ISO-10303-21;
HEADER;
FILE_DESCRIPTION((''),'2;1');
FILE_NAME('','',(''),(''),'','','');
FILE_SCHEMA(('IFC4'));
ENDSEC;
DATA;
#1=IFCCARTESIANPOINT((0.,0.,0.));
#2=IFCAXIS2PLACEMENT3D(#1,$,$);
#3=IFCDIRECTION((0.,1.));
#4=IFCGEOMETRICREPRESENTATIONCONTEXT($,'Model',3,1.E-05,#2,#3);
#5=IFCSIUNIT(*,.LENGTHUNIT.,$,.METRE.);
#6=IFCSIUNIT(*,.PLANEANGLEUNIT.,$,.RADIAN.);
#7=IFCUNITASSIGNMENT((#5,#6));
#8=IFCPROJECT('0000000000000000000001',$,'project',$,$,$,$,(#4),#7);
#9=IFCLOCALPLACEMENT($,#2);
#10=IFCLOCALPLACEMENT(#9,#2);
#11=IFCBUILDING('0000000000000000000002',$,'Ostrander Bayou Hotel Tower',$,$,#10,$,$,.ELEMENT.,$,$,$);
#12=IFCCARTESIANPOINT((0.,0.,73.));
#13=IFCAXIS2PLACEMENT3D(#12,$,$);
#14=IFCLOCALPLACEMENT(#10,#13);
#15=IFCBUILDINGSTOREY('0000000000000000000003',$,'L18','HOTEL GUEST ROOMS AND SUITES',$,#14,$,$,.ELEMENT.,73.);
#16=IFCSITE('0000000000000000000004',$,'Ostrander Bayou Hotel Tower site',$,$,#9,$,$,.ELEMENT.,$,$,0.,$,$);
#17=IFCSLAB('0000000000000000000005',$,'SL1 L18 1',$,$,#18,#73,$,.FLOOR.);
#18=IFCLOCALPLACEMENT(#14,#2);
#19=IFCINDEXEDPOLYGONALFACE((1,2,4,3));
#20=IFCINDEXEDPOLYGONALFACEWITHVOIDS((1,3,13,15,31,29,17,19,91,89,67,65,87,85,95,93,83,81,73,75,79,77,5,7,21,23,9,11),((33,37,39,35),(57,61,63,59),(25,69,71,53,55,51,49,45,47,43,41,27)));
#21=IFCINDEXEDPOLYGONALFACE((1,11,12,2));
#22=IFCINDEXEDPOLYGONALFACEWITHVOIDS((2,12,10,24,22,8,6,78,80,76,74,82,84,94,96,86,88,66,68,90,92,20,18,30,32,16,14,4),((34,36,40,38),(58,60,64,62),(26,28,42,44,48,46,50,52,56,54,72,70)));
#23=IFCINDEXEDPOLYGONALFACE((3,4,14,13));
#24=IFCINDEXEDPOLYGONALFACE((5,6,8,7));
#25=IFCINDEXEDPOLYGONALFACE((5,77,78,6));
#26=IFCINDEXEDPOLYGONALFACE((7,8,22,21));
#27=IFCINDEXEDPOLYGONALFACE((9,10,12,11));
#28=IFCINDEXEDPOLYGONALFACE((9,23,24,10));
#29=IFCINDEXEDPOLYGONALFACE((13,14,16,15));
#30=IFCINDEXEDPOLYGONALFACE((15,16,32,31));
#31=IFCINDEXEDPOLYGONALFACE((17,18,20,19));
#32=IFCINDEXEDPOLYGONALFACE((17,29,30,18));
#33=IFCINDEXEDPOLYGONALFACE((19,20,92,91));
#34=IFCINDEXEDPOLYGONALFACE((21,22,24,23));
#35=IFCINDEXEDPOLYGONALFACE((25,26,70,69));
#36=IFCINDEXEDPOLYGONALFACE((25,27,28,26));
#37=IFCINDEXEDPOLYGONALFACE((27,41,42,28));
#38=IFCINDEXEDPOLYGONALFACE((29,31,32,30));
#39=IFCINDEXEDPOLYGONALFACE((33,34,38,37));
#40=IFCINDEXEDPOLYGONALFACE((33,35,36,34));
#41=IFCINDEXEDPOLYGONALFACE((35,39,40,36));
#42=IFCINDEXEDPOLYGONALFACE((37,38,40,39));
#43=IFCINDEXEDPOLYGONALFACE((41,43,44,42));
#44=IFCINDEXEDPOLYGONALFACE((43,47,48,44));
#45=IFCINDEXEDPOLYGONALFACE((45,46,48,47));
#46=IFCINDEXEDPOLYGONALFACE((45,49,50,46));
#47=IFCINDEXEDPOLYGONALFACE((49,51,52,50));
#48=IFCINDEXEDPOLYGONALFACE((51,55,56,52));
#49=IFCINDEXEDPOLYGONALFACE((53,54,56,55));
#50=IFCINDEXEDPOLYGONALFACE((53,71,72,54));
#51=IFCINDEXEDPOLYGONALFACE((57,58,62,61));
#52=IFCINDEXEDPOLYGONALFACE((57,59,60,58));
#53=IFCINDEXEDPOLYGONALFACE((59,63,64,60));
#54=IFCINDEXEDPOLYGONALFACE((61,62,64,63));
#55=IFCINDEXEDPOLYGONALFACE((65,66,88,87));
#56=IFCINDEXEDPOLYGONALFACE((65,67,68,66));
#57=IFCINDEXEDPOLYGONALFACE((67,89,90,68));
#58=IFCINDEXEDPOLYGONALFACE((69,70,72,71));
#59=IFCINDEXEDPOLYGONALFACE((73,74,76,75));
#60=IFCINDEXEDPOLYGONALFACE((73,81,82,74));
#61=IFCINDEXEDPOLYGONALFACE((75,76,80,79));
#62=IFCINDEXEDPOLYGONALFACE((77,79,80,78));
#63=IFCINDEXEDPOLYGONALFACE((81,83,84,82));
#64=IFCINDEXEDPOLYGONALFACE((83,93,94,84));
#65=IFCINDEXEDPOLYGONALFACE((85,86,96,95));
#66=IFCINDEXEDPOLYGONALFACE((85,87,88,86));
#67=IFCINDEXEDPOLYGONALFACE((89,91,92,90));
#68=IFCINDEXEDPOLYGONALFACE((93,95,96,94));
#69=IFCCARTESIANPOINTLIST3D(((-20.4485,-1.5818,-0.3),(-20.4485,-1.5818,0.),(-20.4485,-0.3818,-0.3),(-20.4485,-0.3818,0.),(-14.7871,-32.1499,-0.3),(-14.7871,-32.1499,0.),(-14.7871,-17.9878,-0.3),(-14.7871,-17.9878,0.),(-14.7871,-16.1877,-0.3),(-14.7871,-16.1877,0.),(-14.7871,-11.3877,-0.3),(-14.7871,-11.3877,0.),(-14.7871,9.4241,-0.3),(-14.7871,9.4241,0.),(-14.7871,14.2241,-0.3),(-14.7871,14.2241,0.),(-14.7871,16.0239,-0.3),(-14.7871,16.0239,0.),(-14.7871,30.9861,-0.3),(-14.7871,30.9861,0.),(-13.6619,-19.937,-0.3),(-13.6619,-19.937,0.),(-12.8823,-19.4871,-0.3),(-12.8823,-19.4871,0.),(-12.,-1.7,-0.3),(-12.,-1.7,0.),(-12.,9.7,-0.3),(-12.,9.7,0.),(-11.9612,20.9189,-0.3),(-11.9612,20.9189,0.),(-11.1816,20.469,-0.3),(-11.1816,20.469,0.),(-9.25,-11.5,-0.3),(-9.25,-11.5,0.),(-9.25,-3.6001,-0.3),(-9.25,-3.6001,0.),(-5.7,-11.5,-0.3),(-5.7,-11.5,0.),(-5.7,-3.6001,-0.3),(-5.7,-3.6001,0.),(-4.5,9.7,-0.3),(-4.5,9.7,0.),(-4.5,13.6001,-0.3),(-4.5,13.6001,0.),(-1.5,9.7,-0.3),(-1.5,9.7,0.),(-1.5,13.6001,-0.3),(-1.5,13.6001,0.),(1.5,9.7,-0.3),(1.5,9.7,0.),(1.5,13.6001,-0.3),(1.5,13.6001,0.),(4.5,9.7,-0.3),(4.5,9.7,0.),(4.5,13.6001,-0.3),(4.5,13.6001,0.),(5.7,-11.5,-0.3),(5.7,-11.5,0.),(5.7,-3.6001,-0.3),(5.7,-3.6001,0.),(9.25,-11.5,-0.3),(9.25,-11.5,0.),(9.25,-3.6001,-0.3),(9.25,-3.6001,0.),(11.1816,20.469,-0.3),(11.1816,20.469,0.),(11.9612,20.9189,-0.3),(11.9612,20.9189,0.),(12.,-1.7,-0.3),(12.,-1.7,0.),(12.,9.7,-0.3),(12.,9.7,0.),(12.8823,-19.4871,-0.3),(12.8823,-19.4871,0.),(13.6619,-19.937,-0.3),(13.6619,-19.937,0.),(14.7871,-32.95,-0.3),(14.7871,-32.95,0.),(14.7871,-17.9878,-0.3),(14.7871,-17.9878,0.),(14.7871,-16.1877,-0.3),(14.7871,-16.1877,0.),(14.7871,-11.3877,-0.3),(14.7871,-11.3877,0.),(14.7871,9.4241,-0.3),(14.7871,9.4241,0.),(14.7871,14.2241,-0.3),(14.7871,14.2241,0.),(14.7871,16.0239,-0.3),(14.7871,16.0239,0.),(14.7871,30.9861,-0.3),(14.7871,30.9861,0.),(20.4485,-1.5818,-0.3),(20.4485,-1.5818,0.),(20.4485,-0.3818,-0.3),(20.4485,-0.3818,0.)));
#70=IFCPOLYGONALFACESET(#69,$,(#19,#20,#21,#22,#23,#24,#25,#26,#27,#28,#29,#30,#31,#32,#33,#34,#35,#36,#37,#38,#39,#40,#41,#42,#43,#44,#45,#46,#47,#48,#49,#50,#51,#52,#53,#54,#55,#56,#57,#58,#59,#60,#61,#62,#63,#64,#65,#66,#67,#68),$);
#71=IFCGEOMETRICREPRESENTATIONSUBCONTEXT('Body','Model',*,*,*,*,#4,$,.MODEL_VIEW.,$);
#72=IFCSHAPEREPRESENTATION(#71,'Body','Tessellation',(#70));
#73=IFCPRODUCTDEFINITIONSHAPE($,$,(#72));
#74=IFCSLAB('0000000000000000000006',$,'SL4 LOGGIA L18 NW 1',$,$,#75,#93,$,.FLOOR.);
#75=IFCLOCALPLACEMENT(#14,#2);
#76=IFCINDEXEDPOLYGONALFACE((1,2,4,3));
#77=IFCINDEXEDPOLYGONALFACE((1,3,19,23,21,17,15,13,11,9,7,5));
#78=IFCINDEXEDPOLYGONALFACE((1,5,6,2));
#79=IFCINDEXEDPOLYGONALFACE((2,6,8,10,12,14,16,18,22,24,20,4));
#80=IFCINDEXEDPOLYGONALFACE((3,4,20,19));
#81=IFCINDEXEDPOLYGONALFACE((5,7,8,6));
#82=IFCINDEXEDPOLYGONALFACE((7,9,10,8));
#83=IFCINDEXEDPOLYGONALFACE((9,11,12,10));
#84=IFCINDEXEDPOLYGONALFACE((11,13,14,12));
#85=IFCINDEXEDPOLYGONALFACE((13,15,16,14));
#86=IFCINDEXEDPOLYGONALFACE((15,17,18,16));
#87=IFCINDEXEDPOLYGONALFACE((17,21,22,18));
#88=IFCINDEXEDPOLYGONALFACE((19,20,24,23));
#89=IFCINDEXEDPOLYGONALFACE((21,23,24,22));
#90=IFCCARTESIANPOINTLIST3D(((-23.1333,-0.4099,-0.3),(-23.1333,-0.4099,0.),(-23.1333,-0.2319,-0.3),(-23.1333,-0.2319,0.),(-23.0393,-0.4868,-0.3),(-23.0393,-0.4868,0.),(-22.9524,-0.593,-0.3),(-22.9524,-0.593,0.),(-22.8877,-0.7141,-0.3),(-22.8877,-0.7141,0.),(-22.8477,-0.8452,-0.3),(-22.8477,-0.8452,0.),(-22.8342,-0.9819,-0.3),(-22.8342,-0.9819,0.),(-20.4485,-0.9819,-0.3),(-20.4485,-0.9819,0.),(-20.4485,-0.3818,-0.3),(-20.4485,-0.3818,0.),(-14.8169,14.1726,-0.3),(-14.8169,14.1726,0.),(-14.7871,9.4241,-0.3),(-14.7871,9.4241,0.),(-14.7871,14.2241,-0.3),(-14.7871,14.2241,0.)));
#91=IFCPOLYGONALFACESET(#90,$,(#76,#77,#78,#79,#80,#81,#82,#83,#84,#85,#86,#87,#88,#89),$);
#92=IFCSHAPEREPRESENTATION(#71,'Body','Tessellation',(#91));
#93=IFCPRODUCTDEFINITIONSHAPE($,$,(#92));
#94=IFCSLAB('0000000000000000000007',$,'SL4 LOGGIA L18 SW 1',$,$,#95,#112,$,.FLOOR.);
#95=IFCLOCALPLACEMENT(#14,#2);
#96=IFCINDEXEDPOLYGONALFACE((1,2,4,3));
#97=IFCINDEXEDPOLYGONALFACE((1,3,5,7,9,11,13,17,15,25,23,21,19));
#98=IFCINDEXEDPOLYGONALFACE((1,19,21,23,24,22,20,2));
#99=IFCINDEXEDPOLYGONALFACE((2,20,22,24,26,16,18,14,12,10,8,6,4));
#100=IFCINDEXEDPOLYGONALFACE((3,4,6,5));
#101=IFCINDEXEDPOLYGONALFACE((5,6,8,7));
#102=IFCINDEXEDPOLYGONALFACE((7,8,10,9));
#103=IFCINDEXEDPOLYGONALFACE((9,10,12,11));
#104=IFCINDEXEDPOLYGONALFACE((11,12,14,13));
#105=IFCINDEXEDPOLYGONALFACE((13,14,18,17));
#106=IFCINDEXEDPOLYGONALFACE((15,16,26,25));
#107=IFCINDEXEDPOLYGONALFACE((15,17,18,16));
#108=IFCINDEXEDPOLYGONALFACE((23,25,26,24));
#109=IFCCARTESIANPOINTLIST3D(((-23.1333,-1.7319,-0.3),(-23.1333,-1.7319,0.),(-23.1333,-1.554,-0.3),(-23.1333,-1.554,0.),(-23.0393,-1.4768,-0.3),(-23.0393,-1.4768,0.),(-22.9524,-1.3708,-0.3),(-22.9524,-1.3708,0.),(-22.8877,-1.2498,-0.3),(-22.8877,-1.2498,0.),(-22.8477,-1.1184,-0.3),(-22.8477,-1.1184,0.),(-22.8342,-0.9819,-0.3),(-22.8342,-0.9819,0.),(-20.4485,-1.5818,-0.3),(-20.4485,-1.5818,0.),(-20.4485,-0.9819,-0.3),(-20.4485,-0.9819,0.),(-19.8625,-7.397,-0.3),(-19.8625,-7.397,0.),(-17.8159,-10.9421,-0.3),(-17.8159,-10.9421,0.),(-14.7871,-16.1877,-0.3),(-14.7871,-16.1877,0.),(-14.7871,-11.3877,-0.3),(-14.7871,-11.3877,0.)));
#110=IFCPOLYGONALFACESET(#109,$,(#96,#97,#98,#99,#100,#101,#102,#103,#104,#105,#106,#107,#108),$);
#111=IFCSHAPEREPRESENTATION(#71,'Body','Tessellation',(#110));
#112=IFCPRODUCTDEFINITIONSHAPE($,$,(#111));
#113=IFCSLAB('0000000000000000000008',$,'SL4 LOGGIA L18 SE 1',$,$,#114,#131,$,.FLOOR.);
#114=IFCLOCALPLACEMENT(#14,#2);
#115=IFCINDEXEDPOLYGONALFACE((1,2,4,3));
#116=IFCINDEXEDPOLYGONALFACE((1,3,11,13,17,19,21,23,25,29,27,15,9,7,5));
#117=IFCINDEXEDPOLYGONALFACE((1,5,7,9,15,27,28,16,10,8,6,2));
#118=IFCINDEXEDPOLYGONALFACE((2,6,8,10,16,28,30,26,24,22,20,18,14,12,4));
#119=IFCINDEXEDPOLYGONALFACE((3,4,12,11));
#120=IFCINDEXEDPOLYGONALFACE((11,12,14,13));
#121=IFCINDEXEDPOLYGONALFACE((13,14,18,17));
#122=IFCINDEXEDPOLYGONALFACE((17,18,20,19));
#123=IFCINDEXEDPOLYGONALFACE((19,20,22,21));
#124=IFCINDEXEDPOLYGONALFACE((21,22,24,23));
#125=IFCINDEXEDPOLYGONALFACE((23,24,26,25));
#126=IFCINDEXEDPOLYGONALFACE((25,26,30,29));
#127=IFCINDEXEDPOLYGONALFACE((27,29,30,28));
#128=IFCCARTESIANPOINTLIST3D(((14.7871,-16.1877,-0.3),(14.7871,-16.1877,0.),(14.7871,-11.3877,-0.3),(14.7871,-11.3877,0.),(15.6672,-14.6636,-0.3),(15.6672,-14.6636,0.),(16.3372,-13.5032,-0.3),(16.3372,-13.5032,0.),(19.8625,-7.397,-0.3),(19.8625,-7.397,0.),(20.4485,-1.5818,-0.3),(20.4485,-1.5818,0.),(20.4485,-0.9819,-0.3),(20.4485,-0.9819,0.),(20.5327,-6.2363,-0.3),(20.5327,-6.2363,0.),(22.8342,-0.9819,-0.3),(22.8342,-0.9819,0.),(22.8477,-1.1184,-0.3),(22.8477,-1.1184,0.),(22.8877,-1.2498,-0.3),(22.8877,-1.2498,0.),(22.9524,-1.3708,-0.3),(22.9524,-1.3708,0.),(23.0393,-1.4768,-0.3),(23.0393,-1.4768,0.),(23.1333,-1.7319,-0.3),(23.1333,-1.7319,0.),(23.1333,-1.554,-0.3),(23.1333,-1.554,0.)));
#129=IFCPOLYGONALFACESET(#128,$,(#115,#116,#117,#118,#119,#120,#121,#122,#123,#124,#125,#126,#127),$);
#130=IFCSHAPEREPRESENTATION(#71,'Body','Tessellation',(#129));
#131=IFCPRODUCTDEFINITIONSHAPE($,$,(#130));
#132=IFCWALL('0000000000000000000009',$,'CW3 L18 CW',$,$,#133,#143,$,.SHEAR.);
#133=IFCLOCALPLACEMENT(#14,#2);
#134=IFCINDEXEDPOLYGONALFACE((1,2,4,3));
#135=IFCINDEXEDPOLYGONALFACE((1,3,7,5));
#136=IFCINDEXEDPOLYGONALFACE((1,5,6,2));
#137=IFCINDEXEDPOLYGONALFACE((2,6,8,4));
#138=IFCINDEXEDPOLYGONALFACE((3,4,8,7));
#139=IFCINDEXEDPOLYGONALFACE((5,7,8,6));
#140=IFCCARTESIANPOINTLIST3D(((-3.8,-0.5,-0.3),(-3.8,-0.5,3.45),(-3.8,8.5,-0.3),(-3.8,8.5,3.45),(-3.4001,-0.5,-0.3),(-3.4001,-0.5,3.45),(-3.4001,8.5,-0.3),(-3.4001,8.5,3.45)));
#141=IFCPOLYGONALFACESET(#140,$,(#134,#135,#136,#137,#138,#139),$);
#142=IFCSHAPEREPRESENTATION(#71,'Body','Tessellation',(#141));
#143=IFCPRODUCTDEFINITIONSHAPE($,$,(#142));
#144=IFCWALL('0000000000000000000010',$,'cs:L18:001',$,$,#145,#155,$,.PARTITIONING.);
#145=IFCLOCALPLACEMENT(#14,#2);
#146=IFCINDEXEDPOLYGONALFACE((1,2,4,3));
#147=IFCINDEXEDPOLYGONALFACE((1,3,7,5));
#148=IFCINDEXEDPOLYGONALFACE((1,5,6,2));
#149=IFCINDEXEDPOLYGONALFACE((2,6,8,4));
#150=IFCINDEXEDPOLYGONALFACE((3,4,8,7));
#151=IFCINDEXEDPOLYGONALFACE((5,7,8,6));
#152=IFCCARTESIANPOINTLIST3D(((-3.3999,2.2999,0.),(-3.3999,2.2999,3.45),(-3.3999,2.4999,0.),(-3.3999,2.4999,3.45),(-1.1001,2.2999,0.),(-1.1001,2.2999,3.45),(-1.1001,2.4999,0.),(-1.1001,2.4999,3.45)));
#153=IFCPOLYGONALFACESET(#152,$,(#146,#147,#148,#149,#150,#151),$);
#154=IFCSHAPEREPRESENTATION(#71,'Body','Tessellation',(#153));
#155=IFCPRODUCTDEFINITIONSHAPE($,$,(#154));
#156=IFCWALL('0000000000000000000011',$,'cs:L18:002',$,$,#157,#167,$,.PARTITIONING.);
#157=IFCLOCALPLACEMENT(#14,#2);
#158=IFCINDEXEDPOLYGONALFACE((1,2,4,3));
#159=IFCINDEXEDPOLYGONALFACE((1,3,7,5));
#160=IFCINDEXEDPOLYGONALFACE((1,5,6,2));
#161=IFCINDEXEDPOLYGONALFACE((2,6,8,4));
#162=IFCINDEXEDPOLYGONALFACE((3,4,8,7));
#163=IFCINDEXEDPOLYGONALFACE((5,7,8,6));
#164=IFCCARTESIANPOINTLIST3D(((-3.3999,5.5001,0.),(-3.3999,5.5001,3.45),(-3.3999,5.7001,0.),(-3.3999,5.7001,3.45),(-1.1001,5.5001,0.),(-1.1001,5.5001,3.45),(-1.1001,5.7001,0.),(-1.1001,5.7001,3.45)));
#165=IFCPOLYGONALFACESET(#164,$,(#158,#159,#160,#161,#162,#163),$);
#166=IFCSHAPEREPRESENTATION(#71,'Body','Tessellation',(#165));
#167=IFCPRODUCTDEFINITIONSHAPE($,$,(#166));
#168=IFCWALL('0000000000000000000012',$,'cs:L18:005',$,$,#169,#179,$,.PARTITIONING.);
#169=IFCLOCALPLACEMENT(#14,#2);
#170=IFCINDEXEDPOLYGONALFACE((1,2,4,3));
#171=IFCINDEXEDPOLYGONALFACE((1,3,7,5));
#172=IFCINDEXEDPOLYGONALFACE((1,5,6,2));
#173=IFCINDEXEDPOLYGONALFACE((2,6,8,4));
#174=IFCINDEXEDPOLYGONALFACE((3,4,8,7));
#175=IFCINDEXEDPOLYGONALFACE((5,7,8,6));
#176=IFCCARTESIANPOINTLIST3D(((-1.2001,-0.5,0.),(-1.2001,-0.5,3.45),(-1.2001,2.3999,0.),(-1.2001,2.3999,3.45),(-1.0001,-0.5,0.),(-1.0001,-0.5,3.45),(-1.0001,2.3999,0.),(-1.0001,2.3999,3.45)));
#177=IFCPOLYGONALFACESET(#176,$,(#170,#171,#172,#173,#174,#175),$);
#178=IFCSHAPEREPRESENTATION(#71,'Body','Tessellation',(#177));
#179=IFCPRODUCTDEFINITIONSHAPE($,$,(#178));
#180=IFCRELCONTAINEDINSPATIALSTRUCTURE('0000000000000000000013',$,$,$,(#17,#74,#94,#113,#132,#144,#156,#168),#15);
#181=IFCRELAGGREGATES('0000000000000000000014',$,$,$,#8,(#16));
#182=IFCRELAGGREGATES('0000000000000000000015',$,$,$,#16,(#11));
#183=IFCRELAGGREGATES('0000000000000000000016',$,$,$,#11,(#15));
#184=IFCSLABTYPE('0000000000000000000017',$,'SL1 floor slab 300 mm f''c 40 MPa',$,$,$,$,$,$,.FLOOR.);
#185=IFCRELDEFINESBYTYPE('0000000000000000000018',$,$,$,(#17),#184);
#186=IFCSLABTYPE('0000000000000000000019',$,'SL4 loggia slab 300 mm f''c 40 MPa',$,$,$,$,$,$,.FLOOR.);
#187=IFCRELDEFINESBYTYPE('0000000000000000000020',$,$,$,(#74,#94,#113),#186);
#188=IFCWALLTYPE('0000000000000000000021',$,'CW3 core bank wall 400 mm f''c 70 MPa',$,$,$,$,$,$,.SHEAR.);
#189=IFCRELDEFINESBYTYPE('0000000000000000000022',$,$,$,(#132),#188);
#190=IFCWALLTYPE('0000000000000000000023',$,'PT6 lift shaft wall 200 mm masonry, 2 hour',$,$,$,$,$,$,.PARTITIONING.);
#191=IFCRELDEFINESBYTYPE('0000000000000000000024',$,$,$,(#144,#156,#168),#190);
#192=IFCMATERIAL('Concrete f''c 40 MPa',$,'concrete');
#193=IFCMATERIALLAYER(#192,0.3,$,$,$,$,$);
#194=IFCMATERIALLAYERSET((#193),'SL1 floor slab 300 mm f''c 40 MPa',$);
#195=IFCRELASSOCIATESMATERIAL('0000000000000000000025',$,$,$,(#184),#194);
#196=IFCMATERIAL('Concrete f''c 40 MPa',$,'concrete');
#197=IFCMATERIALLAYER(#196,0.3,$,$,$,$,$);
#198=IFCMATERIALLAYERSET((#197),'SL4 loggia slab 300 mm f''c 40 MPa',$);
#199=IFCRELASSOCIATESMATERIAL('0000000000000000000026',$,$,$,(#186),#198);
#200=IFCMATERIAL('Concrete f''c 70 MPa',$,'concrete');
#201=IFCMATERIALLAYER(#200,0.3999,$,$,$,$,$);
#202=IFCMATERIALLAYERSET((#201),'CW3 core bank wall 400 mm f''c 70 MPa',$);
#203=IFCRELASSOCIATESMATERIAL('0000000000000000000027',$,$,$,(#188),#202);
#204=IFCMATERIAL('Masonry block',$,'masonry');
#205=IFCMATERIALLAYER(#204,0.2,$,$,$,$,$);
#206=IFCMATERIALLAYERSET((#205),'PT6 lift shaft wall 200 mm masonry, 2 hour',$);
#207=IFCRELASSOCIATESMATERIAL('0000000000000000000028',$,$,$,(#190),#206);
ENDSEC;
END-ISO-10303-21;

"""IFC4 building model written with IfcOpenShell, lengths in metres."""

from ifc_helpers import new_model, si_unit, direction, frame, frame_2d, origin, place, context, subcontext, project, spatial, polyline, rectangle, outline, extrude, material, layer, layer_set, type_object, element, save


model = new_model("IFC4")

# Units and contexts
model_context = context("Model", 3, precision=1e-05, world=origin(), true_north=direction((0.0, 1.0)))
body_context = subcontext(model_context, "Body", "Model", "MODEL_VIEW")
ifc_project = project(units=[si_unit("LENGTHUNIT", "METRE"), si_unit("PLANEANGLEUNIT", "RADIAN")], contexts=[model_context])

# Site, building, storey
site_placement = place(None, origin())
site = spatial("IfcSite", under=ifc_project, at=site_placement, Name="Ostrander Bayou Hotel Tower site", CompositionType="ELEMENT", RefElevation=0.0)
building_placement = place(site_placement, origin())
building = spatial("IfcBuilding", under=site, at=building_placement, Name="Ostrander Bayou Hotel Tower", CompositionType="ELEMENT")
storey_placement = place(building_placement, frame((0.0, 0.0, 73.0)))
storey = spatial("IfcBuildingStorey", under=building, at=storey_placement, Name="L18", Description="HOTEL GUEST ROOMS AND SUITES", CompositionType="ELEMENT", Elevation=73.0)

# Slabs
ifc_material_1 = material(Name="Concrete f'c 40 MPa", Category="concrete")
ifc_layer_1 = layer(ifc_material_1, 0.3)
ifc_layer_set_1 = layer_set([ifc_layer_1], Name="SL1 floor slab 300 mm f'c 40 MPa")
slab_type_1 = type_object("IfcSlabType", Name="SL1 floor slab 300 mm f'c 40 MPa", PredefinedType="FLOOR", material=ifc_layer_set_1)
slab_1_placement = place(storey_placement, frame((0.0, 0.0, -0.3)))
element("IfcSlab", 1, at=slab_1_placement, inside=storey, type_object=slab_type_1, Name="SL1 L18 1", PredefinedType="FLOOR", context=body_context, shape_type="SweptSolid", body=[
    extrude(outline(polyline([(-13.6619, -19.937), (-12.8823, -19.4871), (-14.7871, -16.1877), (-14.7871, -11.3877), (-20.4485, -1.5818), (-20.4485, -0.3818), (-14.7871, 9.4241), (-14.7871, 14.2241), (-11.1816, 20.469), (-11.9612, 20.9189), (-14.7871, 16.0239), (-14.7871, 30.9861), (14.7871, 30.9861), (14.7871, 16.0239), (11.9612, 20.9189), (11.1816, 20.469), (14.7871, 14.2241), (14.7871, 9.4241), (20.4485, -0.3818), (20.4485, -1.5818), (14.7871, -11.3877), (14.7871, -16.1877), (12.8823, -19.4871), (13.6619, -19.937), (14.7871, -17.9878), (14.7871, -32.95), (-14.7871, -32.1499), (-14.7871, -17.9878), (-13.6619, -19.937)]), holes=[polyline([(-12.0, -1.7), (12.0, -1.7), (12.0, 9.7), (4.5, 9.7), (4.5, 13.6001), (1.5, 13.6001), (1.5, 9.7), (-1.5, 9.7), (-1.5, 13.6001), (-4.5, 13.6001), (-4.5, 9.7), (-12.0, 9.7), (-12.0, -1.7)]), polyline([(9.25, -3.6001), (5.7, -3.6001), (5.7, -11.5), (9.25, -11.5), (9.25, -3.6001)]), polyline([(-5.7, -3.6001), (-9.25, -3.6001), (-9.25, -11.5), (-5.7, -11.5), (-5.7, -3.6001)])]), origin(), (0.0, 0.0, 1.0), 0.3),
])
ifc_material_2 = material(Name="Concrete f'c 40 MPa", Category="concrete")
ifc_layer_2 = layer(ifc_material_2, 0.3)
ifc_layer_set_2 = layer_set([ifc_layer_2], Name="SL4 loggia slab 300 mm f'c 40 MPa")
slab_type_2 = type_object("IfcSlabType", Name="SL4 loggia slab 300 mm f'c 40 MPa", PredefinedType="FLOOR", material=ifc_layer_set_2)
slab_2_placement = place(storey_placement, frame((0.0, 0.0, -0.3)))
element("IfcSlab", 2, at=slab_2_placement, inside=storey, type_object=slab_type_2, Name="SL4 LOGGIA L18 NW 1", PredefinedType="FLOOR", context=body_context, shape_type="SweptSolid", body=[
    extrude(outline(polyline([(-20.4485, -0.3818), (-20.4485, -0.9819), (-22.8342, -0.9819), (-22.8477, -0.8452), (-22.8877, -0.7141), (-22.9524, -0.593), (-23.0393, -0.4868), (-23.1333, -0.4099), (-23.1333, -0.2319), (-14.8169, 14.1726), (-14.7871, 14.2241), (-14.7871, 9.4241), (-20.4485, -0.3818)])), origin(), (0.0, 0.0, 1.0), 0.3),
])
slab_3_placement = place(storey_placement, frame((0.0, 0.0, -0.3)))
element("IfcSlab", 3, at=slab_3_placement, inside=storey, type_object=slab_type_2, Name="SL4 LOGGIA L18 SW 1", PredefinedType="FLOOR", context=body_context, shape_type="SweptSolid", body=[
    extrude(outline(polyline([(-14.7871, -16.1877), (-17.8159, -10.9421), (-19.8625, -7.397), (-23.1333, -1.7319), (-23.1333, -1.554), (-23.0393, -1.4768), (-22.9524, -1.3708), (-22.8877, -1.2498), (-22.8477, -1.1184), (-22.8342, -0.9819), (-20.4485, -0.9819), (-20.4485, -1.5818), (-14.7871, -11.3877), (-14.7871, -16.1877)])), origin(), (0.0, 0.0, 1.0), 0.3),
])
slab_4_placement = place(storey_placement, frame((0.0, 0.0, -0.3)))
element("IfcSlab", 4, at=slab_4_placement, inside=storey, type_object=slab_type_2, Name="SL4 LOGGIA L18 SE 1", PredefinedType="FLOOR", context=body_context, shape_type="SweptSolid", body=[
    extrude(outline(polyline([(16.3372, -13.5032), (15.6672, -14.6636), (14.7871, -16.1877), (14.7871, -11.3877), (20.4485, -1.5818), (20.4485, -0.9819), (22.8342, -0.9819), (22.8477, -1.1184), (22.8877, -1.2498), (22.9524, -1.3708), (23.0393, -1.4768), (23.1333, -1.554), (23.1333, -1.7319), (20.5327, -6.2363), (19.8625, -7.397), (16.3372, -13.5032)])), origin(), (0.0, 0.0, 1.0), 0.3),
])

# Walls
ifc_material_3 = material(Name="Concrete f'c 70 MPa", Category="concrete")
ifc_layer_3 = layer(ifc_material_3, 0.3999)
ifc_layer_set_3 = layer_set([ifc_layer_3], Name="CW3 core bank wall 400 mm f'c 70 MPa")
wall_type_1 = type_object("IfcWallType", Name="CW3 core bank wall 400 mm f'c 70 MPa", PredefinedType="SHEAR", material=ifc_layer_set_3)
wall_1_placement = place(storey_placement, frame((-3.6001, -0.5, -0.3), z_axis=(0.0, 0.0, 1.0), x_axis=(0.0, 1.0, 0.0)))
element("IfcWall", 5, at=wall_1_placement, inside=storey, type_object=wall_type_1, Name="CW3 L18 CW", PredefinedType="SHEAR", context=body_context, shape_type="SweptSolid", body=[
    extrude(rectangle(XDim=9.0, YDim=0.3999, at=frame_2d((4.5, 0.0))), origin(), (0.0, 0.0, 1.0), 3.75),
])
ifc_material_4 = material(Name="Masonry block", Category="masonry")
ifc_layer_4 = layer(ifc_material_4, 0.2)
ifc_layer_set_4 = layer_set([ifc_layer_4], Name="PT6 lift shaft wall 200 mm masonry, 2 hour")
wall_type_2 = type_object("IfcWallType", Name="PT6 lift shaft wall 200 mm masonry, 2 hour", PredefinedType="PARTITIONING", material=ifc_layer_set_4)
for number, where, z_axis, x_axis, name in (
    (6, (-3.3999, 2.3999, 0.0), (0.0, 0.0, 1.0), (1.0, 0.0, 0.0), "cs:L18:001"),
    (7, (-3.3999, 5.6001, 0.0), (0.0, 0.0, 1.0), (1.0, 0.0, 0.0), "cs:L18:002"),
):
    element("IfcWall", number, at=place(storey_placement, frame(where, z_axis=z_axis, x_axis=x_axis)), inside=storey, type_object=wall_type_2, Name=name, PredefinedType="PARTITIONING", context=body_context, shape_type="SweptSolid", body=[
        extrude(rectangle(XDim=2.2998, YDim=0.2, at=frame_2d((1.1499, 0.0))), origin(), (0.0, 0.0, 1.0), 3.45),
    ])
for number, where, z_axis, x_axis, name in (
    (8, (-1.1001, -0.5, 0.0), (0.0, 0.0, 1.0), (0.0, 1.0, 0.0), "cs:L18:005"),
):
    element("IfcWall", number, at=place(storey_placement, frame(where, z_axis=z_axis, x_axis=x_axis)), inside=storey, type_object=wall_type_2, Name=name, PredefinedType="PARTITIONING", context=body_context, shape_type="SweptSolid", body=[
        extrude(rectangle(XDim=2.8999, YDim=0.2, at=frame_2d((1.45, 0.0))), origin(), (0.0, 0.0, 1.0), 3.45),
    ])

save(model, "model.ifc")
